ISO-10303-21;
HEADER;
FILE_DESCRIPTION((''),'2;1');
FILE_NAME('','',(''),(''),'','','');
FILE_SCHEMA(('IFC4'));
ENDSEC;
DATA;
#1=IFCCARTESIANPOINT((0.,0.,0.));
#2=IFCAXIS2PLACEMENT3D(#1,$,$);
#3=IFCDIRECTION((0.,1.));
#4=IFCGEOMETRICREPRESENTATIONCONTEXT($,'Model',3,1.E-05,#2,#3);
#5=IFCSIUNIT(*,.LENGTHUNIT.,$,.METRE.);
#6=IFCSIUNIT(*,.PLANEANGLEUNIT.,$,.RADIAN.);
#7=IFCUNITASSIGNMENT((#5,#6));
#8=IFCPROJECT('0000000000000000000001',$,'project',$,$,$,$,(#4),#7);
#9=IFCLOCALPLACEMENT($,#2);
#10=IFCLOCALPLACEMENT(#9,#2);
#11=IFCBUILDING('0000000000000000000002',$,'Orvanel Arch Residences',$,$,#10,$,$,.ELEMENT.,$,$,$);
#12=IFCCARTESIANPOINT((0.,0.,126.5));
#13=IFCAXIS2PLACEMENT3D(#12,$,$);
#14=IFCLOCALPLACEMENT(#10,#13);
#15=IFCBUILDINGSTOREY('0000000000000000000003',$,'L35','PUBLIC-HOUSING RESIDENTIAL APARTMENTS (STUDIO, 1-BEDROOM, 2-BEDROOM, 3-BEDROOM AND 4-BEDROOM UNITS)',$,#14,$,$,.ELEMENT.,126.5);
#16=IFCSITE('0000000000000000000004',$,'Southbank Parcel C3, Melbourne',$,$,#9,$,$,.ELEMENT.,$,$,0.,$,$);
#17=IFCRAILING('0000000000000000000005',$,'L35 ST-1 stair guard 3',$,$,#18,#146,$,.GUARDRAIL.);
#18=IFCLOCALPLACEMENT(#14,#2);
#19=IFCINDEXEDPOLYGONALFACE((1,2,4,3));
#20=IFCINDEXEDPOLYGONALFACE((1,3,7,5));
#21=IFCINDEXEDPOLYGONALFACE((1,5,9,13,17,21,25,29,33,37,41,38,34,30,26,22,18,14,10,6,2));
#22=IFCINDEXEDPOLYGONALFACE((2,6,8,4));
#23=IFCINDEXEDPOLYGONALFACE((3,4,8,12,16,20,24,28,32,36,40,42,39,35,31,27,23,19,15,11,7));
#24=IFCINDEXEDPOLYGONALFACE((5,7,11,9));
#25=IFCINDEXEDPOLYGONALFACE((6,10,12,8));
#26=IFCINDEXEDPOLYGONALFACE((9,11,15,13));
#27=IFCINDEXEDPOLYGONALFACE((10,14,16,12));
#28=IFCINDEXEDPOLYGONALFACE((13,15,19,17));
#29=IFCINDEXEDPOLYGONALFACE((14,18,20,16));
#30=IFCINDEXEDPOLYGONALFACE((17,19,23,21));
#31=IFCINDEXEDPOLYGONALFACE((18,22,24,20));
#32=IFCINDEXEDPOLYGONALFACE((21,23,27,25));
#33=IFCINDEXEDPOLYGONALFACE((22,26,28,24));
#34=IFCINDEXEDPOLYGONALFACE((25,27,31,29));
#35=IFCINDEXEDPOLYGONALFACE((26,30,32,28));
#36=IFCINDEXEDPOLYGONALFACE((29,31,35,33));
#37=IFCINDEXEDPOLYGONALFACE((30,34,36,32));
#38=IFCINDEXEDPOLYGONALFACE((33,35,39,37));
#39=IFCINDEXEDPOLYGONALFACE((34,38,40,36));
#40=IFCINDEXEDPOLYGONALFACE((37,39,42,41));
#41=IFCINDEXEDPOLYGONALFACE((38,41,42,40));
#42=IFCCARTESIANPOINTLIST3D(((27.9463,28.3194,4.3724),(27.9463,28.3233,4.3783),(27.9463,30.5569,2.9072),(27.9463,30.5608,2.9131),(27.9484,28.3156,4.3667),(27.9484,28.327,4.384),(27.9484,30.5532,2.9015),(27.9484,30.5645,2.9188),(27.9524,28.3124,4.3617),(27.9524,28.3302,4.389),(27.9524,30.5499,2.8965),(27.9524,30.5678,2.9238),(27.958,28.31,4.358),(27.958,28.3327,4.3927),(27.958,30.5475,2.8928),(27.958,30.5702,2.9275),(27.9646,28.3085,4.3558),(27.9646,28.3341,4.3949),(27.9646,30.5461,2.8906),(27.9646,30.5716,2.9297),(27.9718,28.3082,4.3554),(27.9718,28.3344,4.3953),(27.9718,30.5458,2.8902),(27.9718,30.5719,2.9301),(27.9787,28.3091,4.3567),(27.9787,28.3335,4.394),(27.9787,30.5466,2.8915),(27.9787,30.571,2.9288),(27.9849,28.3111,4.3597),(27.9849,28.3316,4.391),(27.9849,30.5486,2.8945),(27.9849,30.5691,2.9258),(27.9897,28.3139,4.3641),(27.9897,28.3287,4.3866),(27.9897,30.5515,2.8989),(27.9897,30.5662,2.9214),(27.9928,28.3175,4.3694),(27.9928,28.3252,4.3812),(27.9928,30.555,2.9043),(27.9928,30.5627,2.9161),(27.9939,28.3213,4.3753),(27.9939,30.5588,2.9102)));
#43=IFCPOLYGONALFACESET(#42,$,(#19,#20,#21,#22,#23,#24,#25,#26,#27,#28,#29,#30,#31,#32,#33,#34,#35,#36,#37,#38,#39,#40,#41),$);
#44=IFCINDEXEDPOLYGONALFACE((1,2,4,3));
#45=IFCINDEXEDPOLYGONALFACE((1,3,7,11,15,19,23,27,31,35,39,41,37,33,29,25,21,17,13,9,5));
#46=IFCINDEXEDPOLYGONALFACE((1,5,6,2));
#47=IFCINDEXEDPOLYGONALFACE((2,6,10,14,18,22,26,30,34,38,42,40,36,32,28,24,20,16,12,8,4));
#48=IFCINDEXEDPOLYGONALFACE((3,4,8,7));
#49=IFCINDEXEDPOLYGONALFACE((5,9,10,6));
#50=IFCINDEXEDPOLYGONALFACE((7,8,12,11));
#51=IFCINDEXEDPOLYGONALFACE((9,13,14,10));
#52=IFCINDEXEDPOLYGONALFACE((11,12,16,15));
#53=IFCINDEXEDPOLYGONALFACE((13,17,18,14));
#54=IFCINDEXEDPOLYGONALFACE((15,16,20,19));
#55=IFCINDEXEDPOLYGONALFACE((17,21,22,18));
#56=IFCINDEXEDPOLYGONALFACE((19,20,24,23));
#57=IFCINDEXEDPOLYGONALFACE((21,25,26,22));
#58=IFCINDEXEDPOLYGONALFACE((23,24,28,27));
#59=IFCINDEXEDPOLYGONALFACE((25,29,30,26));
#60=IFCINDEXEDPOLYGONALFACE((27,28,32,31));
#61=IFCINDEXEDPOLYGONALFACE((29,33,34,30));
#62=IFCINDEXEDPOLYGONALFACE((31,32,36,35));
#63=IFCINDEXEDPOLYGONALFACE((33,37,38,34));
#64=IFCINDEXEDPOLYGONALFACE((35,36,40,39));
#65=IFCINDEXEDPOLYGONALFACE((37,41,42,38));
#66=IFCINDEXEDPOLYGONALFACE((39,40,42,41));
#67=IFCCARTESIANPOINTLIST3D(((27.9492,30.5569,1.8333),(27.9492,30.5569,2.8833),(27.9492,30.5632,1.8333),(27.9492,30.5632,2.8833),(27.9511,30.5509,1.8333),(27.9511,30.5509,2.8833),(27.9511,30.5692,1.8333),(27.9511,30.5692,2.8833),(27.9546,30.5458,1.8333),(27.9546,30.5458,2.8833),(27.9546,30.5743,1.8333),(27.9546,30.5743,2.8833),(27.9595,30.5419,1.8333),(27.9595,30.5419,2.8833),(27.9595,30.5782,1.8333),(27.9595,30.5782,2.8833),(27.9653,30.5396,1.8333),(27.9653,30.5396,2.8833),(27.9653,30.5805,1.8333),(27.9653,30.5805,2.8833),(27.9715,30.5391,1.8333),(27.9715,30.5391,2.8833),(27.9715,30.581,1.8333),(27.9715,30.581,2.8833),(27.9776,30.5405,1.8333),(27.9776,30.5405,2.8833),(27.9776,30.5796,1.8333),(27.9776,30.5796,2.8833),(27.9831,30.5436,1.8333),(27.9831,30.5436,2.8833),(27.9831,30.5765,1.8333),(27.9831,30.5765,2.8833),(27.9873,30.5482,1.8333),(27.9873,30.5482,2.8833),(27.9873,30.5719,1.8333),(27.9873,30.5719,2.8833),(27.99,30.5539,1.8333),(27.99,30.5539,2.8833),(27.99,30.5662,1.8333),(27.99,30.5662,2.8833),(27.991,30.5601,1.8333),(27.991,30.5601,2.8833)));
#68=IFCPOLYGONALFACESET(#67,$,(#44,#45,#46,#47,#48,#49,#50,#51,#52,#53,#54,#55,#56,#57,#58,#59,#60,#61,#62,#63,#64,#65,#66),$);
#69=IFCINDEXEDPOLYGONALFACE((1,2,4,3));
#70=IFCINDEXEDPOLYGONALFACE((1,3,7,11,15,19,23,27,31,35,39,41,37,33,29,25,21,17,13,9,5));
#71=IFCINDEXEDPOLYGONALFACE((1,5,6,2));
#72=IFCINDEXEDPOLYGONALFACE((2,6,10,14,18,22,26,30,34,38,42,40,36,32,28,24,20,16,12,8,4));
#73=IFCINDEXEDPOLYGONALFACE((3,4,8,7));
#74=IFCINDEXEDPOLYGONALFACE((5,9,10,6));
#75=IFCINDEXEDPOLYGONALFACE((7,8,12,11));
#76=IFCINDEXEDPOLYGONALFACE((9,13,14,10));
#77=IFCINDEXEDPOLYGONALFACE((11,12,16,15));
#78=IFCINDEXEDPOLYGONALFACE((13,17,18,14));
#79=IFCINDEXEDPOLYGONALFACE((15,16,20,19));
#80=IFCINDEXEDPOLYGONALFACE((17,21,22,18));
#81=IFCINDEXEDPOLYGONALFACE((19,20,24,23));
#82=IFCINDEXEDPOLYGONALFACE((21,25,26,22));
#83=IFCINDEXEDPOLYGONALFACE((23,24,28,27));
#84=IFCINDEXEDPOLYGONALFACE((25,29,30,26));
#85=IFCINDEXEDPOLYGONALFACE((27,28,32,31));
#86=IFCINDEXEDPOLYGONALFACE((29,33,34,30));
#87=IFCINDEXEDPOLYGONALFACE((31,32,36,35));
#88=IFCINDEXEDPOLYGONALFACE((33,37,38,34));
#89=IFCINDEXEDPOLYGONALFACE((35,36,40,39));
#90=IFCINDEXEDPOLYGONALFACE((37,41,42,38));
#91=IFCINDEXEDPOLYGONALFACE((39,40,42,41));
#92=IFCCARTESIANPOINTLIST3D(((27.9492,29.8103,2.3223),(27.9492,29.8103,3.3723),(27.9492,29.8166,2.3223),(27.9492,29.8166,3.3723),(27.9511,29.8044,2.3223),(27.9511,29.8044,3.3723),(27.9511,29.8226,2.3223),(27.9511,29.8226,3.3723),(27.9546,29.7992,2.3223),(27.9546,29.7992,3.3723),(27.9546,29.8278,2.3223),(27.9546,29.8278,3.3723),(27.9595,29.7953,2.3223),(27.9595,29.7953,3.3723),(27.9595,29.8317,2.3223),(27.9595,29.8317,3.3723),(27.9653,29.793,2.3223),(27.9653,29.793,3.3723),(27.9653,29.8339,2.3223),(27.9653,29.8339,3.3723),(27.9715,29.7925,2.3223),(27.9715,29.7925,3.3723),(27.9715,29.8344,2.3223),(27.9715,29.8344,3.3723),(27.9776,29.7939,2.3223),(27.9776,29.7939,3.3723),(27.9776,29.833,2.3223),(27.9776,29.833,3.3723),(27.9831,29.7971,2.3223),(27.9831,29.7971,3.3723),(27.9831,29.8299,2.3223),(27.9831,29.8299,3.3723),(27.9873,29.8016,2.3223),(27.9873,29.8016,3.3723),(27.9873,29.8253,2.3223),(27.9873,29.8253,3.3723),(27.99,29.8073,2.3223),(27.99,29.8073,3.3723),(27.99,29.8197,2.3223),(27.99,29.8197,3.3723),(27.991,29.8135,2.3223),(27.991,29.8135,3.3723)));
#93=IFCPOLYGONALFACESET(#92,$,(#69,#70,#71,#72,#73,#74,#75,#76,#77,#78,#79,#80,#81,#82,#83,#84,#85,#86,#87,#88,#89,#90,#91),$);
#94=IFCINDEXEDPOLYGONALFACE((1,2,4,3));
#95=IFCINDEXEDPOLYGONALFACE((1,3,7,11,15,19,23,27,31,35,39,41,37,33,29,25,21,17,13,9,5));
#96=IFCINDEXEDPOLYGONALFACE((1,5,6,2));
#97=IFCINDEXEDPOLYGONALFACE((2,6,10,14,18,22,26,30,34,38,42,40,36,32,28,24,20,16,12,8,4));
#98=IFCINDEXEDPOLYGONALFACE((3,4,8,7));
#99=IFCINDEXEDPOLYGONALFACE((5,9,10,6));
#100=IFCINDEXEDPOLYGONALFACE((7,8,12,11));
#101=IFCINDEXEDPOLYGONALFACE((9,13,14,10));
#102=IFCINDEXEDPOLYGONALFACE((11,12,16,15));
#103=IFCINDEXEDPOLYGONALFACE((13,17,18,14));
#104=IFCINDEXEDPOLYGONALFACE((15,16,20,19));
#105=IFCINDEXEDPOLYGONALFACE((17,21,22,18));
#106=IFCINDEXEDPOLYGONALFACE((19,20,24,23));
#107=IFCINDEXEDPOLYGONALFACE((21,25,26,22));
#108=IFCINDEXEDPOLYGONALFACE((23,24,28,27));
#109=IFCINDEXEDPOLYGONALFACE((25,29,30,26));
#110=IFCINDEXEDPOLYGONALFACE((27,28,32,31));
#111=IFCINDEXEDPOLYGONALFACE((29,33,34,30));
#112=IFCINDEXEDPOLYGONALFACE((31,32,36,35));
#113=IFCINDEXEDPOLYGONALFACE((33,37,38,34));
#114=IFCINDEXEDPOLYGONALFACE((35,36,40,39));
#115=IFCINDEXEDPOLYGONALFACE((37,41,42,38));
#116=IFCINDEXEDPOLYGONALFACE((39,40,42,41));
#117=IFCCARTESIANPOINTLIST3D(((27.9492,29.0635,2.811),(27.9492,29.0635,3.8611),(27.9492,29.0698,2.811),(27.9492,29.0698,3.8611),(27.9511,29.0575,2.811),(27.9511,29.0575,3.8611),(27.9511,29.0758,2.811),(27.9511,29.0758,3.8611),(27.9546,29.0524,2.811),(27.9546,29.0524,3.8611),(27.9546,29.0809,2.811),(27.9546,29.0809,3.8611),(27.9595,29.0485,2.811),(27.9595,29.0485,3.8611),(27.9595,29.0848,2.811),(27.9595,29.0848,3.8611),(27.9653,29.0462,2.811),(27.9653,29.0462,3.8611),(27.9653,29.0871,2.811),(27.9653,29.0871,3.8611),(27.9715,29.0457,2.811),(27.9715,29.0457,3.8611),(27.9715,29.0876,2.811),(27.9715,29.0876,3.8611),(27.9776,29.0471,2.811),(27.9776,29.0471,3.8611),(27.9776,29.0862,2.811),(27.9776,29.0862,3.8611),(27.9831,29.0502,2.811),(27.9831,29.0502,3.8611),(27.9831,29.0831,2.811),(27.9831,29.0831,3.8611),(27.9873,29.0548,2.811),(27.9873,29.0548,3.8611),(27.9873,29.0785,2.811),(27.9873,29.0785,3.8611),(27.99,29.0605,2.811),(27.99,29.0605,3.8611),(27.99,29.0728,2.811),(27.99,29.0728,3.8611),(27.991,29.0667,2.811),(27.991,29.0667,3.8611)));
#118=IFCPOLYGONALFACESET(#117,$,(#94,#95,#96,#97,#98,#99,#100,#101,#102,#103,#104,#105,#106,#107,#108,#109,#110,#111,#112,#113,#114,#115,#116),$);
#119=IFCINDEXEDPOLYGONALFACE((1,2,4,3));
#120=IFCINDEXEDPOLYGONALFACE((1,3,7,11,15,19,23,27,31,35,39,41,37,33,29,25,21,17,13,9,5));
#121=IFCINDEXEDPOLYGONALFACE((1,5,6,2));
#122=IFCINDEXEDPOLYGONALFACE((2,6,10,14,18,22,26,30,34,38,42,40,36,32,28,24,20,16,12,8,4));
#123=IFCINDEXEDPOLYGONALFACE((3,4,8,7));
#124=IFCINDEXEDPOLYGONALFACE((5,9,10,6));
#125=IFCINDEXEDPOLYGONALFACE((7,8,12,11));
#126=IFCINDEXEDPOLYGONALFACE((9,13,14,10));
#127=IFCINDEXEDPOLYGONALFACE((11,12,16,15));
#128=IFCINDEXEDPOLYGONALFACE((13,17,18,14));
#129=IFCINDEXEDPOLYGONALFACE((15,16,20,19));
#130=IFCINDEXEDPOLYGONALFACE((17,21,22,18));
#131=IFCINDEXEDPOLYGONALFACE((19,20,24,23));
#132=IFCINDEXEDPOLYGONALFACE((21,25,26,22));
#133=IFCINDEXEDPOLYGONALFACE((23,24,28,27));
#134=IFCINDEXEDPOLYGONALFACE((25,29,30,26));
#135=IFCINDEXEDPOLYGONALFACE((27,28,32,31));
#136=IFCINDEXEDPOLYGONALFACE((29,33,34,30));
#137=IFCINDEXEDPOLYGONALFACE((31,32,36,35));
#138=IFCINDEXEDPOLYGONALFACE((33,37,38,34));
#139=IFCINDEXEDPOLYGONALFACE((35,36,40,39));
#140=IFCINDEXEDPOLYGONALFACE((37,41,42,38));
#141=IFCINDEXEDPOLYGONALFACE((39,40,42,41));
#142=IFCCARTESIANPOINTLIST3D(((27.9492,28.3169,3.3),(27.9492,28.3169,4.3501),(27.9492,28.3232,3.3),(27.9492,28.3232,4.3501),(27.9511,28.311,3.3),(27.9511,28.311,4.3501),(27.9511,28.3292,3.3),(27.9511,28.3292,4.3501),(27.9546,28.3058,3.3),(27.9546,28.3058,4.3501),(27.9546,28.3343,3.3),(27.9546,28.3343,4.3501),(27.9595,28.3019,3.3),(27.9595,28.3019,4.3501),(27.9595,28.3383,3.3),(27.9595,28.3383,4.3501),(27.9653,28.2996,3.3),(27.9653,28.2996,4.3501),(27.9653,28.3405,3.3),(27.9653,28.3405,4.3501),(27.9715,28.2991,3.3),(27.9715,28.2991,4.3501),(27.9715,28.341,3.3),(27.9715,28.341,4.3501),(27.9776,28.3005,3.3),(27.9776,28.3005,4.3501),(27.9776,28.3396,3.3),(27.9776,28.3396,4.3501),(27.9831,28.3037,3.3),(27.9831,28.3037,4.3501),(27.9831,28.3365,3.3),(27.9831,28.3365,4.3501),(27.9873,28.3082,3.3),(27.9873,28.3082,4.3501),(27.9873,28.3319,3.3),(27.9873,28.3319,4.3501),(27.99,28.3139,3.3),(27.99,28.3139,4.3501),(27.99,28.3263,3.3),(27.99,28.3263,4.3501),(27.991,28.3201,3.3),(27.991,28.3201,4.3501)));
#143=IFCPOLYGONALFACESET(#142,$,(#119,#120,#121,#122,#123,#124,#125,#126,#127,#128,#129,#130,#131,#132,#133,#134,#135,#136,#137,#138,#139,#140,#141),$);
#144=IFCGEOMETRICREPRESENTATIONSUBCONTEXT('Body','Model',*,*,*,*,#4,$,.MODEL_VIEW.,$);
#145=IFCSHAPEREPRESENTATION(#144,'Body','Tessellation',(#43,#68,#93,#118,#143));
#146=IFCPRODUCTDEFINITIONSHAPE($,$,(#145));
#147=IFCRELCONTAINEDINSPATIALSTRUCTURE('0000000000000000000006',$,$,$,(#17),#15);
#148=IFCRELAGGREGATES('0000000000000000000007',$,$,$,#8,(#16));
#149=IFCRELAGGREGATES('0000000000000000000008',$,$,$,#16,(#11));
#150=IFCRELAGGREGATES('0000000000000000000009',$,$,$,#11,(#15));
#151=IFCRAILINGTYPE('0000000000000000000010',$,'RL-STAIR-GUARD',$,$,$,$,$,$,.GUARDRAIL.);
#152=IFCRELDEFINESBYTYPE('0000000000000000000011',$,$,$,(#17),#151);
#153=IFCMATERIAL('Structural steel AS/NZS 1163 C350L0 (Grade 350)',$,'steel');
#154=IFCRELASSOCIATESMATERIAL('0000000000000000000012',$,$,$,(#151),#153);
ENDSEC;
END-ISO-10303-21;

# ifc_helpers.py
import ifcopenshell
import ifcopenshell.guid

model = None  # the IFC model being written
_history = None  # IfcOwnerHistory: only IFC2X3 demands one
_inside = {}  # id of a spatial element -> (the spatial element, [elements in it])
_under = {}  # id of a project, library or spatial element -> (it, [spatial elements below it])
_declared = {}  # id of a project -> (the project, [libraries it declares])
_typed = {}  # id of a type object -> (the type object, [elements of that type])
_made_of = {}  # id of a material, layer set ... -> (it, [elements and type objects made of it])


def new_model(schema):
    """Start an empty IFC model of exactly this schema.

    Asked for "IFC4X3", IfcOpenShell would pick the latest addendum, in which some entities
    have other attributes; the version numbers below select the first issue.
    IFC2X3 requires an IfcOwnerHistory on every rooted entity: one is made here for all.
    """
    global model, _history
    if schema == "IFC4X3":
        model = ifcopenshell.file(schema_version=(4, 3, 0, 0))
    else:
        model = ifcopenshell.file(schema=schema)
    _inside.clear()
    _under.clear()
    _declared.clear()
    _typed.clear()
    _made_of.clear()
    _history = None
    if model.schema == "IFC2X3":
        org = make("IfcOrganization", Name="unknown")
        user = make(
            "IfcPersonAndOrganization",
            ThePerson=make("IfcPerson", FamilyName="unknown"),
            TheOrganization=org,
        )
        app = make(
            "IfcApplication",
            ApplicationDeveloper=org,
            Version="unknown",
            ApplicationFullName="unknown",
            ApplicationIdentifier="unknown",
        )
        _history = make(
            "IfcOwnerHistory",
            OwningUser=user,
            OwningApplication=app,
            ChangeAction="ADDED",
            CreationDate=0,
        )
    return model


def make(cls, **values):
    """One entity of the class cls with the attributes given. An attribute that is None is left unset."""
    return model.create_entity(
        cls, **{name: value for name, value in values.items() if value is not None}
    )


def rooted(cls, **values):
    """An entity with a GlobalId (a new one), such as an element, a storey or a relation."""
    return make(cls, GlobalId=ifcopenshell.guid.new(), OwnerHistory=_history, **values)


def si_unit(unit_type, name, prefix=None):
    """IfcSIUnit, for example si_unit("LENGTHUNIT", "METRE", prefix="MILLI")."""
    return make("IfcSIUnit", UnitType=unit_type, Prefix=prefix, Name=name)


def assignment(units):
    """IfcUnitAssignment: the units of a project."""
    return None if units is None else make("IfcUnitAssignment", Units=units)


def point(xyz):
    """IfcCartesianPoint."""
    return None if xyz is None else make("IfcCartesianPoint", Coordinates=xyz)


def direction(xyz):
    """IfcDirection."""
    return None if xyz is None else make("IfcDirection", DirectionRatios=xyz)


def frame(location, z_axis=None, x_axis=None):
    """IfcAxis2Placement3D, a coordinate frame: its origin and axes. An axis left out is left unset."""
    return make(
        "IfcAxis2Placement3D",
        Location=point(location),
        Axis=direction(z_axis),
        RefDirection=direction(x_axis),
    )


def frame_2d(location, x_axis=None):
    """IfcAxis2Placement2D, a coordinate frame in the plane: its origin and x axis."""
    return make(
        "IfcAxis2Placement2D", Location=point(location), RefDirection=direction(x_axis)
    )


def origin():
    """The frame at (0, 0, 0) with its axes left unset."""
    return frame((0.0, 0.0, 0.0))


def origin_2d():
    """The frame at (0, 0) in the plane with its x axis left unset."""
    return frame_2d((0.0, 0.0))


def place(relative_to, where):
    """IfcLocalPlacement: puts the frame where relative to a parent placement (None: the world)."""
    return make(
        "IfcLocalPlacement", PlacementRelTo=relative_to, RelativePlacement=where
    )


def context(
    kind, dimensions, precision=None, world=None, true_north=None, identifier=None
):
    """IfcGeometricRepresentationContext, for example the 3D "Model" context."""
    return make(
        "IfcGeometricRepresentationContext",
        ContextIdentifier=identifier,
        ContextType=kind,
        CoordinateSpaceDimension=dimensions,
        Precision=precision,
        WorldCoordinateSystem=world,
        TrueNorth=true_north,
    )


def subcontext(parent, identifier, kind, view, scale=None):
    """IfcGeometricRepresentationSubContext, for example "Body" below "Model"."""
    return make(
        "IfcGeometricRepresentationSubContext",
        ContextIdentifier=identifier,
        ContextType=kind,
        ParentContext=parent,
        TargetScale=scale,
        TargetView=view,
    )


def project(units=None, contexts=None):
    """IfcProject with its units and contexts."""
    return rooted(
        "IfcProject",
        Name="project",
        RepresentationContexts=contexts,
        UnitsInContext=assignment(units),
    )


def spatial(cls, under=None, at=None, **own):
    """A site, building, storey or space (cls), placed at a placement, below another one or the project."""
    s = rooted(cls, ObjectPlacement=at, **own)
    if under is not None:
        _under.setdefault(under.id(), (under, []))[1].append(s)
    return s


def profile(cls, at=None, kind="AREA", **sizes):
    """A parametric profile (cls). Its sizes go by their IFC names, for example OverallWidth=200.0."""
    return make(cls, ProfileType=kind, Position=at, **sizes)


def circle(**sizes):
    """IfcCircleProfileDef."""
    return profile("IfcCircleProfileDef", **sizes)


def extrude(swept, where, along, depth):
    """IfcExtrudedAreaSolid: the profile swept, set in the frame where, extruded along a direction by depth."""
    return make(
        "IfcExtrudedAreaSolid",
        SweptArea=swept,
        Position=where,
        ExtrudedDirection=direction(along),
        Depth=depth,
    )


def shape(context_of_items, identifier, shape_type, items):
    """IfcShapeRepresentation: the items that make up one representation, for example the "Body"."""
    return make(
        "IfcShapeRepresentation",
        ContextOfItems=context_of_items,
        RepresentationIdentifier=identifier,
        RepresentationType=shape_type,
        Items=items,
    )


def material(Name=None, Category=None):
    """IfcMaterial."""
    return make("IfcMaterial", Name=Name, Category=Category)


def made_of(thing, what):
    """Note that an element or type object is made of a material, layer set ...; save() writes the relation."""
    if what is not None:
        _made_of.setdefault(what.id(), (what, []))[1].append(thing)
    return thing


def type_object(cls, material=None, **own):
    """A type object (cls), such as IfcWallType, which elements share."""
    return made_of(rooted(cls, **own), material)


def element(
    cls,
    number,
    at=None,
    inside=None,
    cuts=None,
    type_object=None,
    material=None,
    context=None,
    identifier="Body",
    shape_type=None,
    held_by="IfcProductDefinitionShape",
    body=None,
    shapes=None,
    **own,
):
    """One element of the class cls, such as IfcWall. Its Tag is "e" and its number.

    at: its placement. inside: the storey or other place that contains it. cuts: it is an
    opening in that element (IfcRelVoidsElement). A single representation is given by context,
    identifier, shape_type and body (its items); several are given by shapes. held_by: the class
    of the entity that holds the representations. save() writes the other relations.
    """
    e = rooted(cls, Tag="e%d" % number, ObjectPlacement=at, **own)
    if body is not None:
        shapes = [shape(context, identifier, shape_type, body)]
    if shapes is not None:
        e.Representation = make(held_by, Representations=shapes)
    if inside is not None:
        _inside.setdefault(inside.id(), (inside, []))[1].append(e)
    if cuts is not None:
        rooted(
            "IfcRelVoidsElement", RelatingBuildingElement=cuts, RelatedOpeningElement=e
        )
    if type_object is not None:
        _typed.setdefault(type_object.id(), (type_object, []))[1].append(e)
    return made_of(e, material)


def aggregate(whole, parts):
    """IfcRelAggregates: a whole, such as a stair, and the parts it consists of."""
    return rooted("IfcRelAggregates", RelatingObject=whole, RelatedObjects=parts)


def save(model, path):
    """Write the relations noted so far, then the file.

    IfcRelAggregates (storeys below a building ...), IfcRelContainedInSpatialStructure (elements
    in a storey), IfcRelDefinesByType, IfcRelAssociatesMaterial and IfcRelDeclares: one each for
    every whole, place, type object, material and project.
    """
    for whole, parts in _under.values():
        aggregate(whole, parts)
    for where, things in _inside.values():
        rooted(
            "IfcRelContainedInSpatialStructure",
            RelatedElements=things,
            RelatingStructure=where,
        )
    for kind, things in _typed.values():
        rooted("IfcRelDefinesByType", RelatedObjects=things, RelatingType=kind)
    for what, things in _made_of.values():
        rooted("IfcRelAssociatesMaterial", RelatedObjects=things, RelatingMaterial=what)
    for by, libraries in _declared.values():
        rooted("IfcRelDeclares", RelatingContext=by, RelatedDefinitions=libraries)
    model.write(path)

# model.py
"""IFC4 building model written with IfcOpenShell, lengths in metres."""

from ifc_helpers import new_model, si_unit, direction, frame, origin, origin_2d, place, context, subcontext, project, spatial, circle, extrude, material, type_object, element, save


model = new_model("IFC4")

# Units and contexts
model_context = context("Model", 3, precision=1e-05, world=origin(), true_north=direction((0.0, 1.0)))
body_context = subcontext(model_context, "Body", "Model", "MODEL_VIEW")
ifc_project = project(units=[si_unit("LENGTHUNIT", "METRE"), si_unit("PLANEANGLEUNIT", "RADIAN")], contexts=[model_context])

# Site, building, storey
site_placement = place(None, origin())
site = spatial("IfcSite", under=ifc_project, at=site_placement, Name="Southbank Parcel C3, Melbourne", CompositionType="ELEMENT", RefElevation=0.0)
building_placement = place(site_placement, origin())
building = spatial("IfcBuilding", under=site, at=building_placement, Name="Orvanel Arch Residences", CompositionType="ELEMENT")
storey_placement = place(building_placement, frame((0.0, 0.0, 126.5)))
storey = spatial("IfcBuildingStorey", under=building, at=storey_placement, Name="L35", Description="PUBLIC-HOUSING RESIDENTIAL APARTMENTS (STUDIO, 1-BEDROOM, 2-BEDROOM, 3-BEDROOM AND 4-BEDROOM UNITS)", CompositionType="ELEMENT", Elevation=126.5)

# Railing
ifc_material_1 = material(Name="Structural steel AS/NZS 1163 C350L0 (Grade 350)", Category="steel")
railing_type_1 = type_object("IfcRailingType", Name="RL-STAIR-GUARD", PredefinedType="GUARDRAIL", material=ifc_material_1)
railing_1_placement = place(storey_placement, frame((27.97, 30.5601, 1.8333)))
element("IfcRailing", 1, at=railing_1_placement, inside=storey, type_object=railing_type_1, Name="L35 ST-1 stair guard 3", PredefinedType="GUARDRAIL", context=body_context, shape_type="SweptSolid", body=[
    extrude(circle(Radius=0.0239, at=origin_2d()), frame((0.0, -0.0012, 1.0769), z_axis=(0.0, -0.836595, 0.547822), x_axis=(1.0, 0.0, 0.0)), (0.0, 0.0, 1.0), 2.6746),
    extrude(circle(Radius=0.021, at=origin_2d()), origin(), (0.0, 0.0, 1.0), 1.05),
    extrude(circle(Radius=0.021, at=origin_2d()), frame((0.0, -0.7466, 0.489)), (0.0, 0.0, 1.0), 1.05),
    extrude(circle(Radius=0.021, at=origin_2d()), frame((0.0, -1.4934, 0.9778)), (0.0, 0.0, 1.0), 1.05),
    extrude(circle(Radius=0.021, at=origin_2d()), frame((0.0, -2.24, 1.4668)), (0.0, 0.0, 1.0), 1.05),
])

save(model, "model.ifc")
